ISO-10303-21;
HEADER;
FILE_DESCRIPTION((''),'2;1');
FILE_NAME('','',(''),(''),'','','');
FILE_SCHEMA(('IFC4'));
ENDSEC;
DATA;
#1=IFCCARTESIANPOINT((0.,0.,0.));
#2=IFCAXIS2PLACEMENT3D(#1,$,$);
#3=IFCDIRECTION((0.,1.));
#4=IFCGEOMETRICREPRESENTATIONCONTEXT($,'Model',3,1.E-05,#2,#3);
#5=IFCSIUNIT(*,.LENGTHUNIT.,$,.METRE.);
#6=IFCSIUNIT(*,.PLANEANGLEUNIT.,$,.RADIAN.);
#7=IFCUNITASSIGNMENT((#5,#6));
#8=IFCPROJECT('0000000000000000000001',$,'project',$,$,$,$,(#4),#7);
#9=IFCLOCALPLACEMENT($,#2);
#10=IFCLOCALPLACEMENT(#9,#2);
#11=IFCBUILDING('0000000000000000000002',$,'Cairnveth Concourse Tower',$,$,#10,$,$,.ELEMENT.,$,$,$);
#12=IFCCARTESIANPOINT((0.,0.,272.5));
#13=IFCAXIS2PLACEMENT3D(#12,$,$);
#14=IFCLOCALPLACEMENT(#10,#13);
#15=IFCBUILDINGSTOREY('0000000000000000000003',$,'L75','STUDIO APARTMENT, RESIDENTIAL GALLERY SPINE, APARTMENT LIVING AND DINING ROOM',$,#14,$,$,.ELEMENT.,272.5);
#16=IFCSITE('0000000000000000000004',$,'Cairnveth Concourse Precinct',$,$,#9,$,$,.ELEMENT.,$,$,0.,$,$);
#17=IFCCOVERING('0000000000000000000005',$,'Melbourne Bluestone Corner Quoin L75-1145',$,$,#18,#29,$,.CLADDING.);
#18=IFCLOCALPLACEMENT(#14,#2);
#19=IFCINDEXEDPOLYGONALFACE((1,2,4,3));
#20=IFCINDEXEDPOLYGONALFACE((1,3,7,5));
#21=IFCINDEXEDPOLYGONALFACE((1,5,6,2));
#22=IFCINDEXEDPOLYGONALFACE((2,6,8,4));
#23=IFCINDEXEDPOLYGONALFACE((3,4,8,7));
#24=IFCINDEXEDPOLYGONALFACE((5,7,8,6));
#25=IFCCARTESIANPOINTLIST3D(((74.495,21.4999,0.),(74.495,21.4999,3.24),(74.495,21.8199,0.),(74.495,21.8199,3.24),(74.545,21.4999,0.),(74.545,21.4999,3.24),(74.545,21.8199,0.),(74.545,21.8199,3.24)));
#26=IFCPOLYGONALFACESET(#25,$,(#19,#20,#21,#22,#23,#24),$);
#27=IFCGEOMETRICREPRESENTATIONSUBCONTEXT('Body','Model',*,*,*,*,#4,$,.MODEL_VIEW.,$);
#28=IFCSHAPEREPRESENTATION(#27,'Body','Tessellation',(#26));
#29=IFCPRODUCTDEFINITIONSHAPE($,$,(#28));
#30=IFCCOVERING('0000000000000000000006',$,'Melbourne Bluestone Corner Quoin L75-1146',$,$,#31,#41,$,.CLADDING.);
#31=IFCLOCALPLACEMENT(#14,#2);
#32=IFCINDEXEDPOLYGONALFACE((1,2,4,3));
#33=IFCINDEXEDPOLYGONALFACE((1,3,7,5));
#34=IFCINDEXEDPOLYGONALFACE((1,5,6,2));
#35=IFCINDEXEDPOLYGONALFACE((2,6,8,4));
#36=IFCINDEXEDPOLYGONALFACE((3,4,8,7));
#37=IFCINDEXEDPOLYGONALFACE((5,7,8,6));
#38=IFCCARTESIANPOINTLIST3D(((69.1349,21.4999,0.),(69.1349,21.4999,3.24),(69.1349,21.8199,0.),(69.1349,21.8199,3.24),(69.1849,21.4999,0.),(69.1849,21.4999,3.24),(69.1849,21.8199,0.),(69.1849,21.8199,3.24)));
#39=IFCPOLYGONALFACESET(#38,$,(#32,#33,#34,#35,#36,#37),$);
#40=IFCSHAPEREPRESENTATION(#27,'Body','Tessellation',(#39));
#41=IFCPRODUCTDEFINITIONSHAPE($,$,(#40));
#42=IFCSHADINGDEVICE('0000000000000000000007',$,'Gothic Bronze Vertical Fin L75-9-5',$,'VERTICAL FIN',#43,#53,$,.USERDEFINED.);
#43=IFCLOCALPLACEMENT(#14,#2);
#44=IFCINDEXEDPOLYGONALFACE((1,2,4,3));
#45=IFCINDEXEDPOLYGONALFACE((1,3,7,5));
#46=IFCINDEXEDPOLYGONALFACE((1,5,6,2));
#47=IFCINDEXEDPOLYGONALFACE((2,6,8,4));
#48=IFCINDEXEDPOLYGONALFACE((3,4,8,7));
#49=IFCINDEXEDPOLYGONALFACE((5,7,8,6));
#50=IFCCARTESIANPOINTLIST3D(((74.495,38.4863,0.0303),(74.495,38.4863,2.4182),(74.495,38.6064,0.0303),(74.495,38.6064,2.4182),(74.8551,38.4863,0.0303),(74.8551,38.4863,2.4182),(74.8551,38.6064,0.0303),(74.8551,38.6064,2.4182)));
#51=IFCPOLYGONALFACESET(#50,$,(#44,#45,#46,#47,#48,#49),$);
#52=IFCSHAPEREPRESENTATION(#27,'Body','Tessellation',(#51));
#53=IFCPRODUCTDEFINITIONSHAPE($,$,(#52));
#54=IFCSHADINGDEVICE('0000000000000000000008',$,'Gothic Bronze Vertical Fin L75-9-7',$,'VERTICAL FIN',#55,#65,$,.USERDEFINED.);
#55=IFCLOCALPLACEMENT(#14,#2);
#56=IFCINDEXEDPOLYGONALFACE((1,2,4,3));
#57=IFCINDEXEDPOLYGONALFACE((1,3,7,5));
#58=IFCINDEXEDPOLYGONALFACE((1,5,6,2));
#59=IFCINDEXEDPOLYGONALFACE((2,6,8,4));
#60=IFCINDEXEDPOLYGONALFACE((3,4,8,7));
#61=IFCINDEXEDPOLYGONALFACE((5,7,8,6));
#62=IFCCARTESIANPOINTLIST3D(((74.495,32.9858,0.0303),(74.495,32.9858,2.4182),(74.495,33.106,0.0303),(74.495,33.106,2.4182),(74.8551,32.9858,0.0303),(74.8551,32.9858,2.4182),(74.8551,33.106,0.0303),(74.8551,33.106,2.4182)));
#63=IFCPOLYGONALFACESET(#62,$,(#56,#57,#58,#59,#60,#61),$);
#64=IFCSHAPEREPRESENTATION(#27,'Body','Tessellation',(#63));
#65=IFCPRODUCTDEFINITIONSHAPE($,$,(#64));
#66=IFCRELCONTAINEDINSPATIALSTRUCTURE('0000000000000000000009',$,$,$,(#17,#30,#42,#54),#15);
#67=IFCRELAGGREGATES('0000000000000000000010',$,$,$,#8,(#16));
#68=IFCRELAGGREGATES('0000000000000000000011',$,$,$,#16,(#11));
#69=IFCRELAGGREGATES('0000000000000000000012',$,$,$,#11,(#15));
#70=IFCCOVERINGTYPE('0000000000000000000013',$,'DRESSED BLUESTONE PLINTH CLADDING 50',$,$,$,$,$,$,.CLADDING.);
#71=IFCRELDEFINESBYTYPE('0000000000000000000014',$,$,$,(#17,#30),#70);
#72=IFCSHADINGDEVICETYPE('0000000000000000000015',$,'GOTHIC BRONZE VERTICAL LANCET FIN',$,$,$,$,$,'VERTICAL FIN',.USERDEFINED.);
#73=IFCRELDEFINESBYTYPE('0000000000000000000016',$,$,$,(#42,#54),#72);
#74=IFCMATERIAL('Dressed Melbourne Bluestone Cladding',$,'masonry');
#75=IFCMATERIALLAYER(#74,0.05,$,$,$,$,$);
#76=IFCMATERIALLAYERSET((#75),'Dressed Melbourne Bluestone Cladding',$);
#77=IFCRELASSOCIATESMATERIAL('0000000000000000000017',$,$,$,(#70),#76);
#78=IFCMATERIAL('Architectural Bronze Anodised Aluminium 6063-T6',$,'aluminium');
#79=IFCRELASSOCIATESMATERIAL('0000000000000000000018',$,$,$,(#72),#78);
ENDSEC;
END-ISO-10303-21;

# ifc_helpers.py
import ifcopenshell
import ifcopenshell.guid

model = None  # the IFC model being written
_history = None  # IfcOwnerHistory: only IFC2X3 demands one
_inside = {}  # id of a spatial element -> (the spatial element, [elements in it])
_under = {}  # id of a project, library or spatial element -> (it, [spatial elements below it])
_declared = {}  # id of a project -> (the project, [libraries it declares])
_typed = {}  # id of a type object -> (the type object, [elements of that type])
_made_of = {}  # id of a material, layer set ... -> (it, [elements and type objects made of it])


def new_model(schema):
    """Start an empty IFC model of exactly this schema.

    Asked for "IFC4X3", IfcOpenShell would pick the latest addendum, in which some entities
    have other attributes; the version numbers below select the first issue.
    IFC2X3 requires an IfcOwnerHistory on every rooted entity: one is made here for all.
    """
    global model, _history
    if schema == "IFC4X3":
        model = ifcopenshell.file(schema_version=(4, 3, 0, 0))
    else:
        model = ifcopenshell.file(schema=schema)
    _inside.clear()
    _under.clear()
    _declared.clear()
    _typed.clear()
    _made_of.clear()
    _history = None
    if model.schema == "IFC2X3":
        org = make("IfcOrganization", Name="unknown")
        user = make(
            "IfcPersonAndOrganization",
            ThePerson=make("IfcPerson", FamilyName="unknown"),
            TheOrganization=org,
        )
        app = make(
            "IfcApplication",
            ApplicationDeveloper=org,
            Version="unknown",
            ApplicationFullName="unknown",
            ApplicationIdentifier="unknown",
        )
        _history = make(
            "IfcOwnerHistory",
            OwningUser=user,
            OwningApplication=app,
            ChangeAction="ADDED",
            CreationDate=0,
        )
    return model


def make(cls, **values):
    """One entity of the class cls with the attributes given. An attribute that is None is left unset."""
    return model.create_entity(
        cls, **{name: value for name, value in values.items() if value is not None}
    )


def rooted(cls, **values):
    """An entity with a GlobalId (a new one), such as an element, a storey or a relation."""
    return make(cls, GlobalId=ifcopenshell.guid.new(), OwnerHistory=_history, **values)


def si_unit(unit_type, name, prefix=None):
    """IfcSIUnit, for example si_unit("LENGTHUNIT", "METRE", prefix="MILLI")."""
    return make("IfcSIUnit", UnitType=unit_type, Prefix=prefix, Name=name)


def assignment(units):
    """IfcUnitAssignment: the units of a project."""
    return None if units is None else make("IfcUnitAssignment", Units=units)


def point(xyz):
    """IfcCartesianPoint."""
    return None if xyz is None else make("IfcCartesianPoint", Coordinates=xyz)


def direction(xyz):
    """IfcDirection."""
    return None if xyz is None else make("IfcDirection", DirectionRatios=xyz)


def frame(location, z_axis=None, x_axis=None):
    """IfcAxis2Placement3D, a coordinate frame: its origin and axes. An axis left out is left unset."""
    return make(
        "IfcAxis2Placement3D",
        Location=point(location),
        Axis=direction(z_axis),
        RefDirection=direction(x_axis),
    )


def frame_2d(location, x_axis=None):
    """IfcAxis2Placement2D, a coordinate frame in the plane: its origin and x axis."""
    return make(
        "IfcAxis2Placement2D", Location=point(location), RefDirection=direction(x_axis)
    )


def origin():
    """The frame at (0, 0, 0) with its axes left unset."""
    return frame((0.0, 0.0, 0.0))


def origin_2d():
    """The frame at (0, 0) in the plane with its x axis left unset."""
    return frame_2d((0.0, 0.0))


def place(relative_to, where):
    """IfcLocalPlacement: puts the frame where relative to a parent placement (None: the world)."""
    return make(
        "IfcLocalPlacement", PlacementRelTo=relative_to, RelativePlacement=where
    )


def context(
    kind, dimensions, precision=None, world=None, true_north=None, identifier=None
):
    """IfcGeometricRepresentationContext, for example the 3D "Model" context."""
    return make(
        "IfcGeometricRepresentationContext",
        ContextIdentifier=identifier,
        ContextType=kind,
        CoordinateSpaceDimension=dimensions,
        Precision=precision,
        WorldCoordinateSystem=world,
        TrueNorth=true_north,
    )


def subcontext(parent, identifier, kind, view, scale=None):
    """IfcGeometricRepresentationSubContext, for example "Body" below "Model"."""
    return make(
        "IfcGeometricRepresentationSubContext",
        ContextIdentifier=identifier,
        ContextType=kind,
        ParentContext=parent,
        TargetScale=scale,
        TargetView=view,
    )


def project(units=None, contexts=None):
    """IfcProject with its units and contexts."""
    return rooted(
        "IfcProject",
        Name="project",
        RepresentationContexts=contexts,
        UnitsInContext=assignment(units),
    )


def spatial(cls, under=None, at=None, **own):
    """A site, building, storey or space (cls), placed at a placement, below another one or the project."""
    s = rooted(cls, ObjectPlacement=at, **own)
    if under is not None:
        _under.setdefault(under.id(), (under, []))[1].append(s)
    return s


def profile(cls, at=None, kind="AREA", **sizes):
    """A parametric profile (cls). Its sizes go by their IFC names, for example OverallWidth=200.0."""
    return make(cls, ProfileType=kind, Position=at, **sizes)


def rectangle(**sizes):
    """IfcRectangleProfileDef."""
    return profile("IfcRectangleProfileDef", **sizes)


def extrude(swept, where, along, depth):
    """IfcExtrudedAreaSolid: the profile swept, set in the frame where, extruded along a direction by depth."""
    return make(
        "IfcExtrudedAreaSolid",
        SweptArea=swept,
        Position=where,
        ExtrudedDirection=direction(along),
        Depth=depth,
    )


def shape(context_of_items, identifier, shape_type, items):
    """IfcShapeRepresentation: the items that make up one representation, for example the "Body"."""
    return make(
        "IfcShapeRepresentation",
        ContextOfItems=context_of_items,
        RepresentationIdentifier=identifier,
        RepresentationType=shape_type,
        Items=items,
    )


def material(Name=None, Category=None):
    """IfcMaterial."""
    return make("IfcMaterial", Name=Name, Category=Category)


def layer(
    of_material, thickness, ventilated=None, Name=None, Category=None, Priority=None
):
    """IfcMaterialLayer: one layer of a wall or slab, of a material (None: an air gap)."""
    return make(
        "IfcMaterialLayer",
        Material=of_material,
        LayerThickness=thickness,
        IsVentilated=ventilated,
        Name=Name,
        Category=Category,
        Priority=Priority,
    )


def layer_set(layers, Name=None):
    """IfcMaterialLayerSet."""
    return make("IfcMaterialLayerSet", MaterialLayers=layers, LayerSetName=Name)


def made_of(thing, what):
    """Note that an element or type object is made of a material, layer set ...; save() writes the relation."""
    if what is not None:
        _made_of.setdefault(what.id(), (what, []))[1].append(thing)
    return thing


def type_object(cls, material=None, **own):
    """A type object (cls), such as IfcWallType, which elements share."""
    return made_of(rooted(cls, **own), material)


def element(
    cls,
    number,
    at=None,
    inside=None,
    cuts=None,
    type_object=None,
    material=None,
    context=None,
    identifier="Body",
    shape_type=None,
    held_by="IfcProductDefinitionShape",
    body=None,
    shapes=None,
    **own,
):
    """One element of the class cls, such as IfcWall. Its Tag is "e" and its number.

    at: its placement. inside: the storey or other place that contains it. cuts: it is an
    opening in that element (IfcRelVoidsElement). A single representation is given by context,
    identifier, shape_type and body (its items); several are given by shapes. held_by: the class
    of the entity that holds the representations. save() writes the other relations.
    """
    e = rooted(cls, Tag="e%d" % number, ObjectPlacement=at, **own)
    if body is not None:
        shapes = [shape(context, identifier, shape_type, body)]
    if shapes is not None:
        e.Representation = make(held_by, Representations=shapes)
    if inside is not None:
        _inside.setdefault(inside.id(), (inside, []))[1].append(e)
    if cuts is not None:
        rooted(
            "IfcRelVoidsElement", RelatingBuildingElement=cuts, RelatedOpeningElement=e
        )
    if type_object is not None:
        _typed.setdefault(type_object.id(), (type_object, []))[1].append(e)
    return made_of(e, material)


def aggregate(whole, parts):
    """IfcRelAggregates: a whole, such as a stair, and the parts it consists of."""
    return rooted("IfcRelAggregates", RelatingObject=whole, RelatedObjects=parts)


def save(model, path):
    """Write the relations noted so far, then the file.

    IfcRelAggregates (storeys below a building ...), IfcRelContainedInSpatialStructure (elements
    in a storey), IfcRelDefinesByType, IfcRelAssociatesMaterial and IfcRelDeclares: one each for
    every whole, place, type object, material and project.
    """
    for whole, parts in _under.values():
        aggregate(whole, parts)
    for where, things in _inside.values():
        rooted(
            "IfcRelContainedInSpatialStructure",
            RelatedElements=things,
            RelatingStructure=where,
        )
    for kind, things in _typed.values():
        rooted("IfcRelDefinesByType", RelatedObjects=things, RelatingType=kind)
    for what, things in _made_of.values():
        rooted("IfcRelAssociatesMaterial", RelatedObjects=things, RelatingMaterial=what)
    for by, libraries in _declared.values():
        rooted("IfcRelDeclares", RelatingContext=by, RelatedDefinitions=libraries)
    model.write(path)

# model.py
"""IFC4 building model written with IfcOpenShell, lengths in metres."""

from ifc_helpers import new_model, si_unit, direction, frame, frame_2d, origin, origin_2d, place, context, subcontext, project, spatial, rectangle, extrude, material, layer, layer_set, type_object, element, save


model = new_model("IFC4")

# Units and contexts
model_context = context("Model", 3, precision=1e-05, world=origin(), true_north=direction((0.0, 1.0)))
body_context = subcontext(model_context, "Body", "Model", "MODEL_VIEW")
ifc_project = project(units=[si_unit("LENGTHUNIT", "METRE"), si_unit("PLANEANGLEUNIT", "RADIAN")], contexts=[model_context])

# Site, building, storey
site_placement = place(None, origin())
site = spatial("IfcSite", under=ifc_project, at=site_placement, Name="Cairnveth Concourse Precinct", CompositionType="ELEMENT", RefElevation=0.0)
building_placement = place(site_placement, origin())
building = spatial("IfcBuilding", under=site, at=building_placement, Name="Cairnveth Concourse Tower", CompositionType="ELEMENT")
storey_placement = place(building_placement, frame((0.0, 0.0, 272.5)))
storey = spatial("IfcBuildingStorey", under=building, at=storey_placement, Name="L75", Description="STUDIO APARTMENT, RESIDENTIAL GALLERY SPINE, APARTMENT LIVING AND DINING ROOM", CompositionType="ELEMENT", Elevation=272.5)

# Coverings
ifc_material_1 = material(Name="Dressed Melbourne Bluestone Cladding", Category="masonry")
ifc_layer_1 = layer(ifc_material_1, 0.05)
ifc_layer_set_1 = layer_set([ifc_layer_1], Name="Dressed Melbourne Bluestone Cladding")
covering_type = type_object("IfcCoveringType", Name="DRESSED BLUESTONE PLINTH CLADDING 50", PredefinedType="CLADDING", material=ifc_layer_set_1)
for number, where, z_axis, x_axis, name in (
    (1, (74.52, 21.8201, 0.0), (0.0, 0.0, 1.0), (0.0, -1.0, 0.0), "Melbourne Bluestone Corner Quoin L75-1145"),
    (2, (69.1599, 21.8201, 0.0), (0.0, 0.0, 1.0), (0.0, -1.0, 0.0), "Melbourne Bluestone Corner Quoin L75-1146"),
):
    element("IfcCovering", number, at=place(storey_placement, frame(where, z_axis=z_axis, x_axis=x_axis)), inside=storey, type_object=covering_type, Name=name, PredefinedType="CLADDING", context=body_context, shape_type="SweptSolid", body=[
        extrude(rectangle(XDim=0.3201, YDim=0.05, at=frame_2d((0.1602, 0.0))), origin(), (0.0, 0.0, 1.0), 3.24),
    ])

# Shading devices
ifc_material_2 = material(Name="Architectural Bronze Anodised Aluminium 6063-T6", Category="aluminium")
shading_device_type = type_object("IfcShadingDeviceType", Name="GOTHIC BRONZE VERTICAL LANCET FIN", ElementType="VERTICAL FIN", PredefinedType="USERDEFINED", material=ifc_material_2)
for number, where, z_axis, x_axis, name in (
    (3, (74.675, 38.5464, 0.0303), (0.0, 0.0, 1.0), (0.0, 1.0, 0.0), "Gothic Bronze Vertical Fin L75-9-5"),
    (4, (74.675, 33.0459, 0.0303), (0.0, 0.0, 1.0), (0.0, 1.0, 0.0), "Gothic Bronze Vertical Fin L75-9-7"),
):
    element("IfcShadingDevice", number, at=place(storey_placement, frame(where, z_axis=z_axis, x_axis=x_axis)), inside=storey, type_object=shading_device_type, Name=name, ObjectType="VERTICAL FIN", PredefinedType="USERDEFINED", context=body_context, shape_type="SweptSolid", body=[
        extrude(rectangle(XDim=0.1201, YDim=0.3601, at=origin_2d()), origin(), (0.0, 0.0, 1.0), 2.3879),
    ])

save(model, "model.ifc")
